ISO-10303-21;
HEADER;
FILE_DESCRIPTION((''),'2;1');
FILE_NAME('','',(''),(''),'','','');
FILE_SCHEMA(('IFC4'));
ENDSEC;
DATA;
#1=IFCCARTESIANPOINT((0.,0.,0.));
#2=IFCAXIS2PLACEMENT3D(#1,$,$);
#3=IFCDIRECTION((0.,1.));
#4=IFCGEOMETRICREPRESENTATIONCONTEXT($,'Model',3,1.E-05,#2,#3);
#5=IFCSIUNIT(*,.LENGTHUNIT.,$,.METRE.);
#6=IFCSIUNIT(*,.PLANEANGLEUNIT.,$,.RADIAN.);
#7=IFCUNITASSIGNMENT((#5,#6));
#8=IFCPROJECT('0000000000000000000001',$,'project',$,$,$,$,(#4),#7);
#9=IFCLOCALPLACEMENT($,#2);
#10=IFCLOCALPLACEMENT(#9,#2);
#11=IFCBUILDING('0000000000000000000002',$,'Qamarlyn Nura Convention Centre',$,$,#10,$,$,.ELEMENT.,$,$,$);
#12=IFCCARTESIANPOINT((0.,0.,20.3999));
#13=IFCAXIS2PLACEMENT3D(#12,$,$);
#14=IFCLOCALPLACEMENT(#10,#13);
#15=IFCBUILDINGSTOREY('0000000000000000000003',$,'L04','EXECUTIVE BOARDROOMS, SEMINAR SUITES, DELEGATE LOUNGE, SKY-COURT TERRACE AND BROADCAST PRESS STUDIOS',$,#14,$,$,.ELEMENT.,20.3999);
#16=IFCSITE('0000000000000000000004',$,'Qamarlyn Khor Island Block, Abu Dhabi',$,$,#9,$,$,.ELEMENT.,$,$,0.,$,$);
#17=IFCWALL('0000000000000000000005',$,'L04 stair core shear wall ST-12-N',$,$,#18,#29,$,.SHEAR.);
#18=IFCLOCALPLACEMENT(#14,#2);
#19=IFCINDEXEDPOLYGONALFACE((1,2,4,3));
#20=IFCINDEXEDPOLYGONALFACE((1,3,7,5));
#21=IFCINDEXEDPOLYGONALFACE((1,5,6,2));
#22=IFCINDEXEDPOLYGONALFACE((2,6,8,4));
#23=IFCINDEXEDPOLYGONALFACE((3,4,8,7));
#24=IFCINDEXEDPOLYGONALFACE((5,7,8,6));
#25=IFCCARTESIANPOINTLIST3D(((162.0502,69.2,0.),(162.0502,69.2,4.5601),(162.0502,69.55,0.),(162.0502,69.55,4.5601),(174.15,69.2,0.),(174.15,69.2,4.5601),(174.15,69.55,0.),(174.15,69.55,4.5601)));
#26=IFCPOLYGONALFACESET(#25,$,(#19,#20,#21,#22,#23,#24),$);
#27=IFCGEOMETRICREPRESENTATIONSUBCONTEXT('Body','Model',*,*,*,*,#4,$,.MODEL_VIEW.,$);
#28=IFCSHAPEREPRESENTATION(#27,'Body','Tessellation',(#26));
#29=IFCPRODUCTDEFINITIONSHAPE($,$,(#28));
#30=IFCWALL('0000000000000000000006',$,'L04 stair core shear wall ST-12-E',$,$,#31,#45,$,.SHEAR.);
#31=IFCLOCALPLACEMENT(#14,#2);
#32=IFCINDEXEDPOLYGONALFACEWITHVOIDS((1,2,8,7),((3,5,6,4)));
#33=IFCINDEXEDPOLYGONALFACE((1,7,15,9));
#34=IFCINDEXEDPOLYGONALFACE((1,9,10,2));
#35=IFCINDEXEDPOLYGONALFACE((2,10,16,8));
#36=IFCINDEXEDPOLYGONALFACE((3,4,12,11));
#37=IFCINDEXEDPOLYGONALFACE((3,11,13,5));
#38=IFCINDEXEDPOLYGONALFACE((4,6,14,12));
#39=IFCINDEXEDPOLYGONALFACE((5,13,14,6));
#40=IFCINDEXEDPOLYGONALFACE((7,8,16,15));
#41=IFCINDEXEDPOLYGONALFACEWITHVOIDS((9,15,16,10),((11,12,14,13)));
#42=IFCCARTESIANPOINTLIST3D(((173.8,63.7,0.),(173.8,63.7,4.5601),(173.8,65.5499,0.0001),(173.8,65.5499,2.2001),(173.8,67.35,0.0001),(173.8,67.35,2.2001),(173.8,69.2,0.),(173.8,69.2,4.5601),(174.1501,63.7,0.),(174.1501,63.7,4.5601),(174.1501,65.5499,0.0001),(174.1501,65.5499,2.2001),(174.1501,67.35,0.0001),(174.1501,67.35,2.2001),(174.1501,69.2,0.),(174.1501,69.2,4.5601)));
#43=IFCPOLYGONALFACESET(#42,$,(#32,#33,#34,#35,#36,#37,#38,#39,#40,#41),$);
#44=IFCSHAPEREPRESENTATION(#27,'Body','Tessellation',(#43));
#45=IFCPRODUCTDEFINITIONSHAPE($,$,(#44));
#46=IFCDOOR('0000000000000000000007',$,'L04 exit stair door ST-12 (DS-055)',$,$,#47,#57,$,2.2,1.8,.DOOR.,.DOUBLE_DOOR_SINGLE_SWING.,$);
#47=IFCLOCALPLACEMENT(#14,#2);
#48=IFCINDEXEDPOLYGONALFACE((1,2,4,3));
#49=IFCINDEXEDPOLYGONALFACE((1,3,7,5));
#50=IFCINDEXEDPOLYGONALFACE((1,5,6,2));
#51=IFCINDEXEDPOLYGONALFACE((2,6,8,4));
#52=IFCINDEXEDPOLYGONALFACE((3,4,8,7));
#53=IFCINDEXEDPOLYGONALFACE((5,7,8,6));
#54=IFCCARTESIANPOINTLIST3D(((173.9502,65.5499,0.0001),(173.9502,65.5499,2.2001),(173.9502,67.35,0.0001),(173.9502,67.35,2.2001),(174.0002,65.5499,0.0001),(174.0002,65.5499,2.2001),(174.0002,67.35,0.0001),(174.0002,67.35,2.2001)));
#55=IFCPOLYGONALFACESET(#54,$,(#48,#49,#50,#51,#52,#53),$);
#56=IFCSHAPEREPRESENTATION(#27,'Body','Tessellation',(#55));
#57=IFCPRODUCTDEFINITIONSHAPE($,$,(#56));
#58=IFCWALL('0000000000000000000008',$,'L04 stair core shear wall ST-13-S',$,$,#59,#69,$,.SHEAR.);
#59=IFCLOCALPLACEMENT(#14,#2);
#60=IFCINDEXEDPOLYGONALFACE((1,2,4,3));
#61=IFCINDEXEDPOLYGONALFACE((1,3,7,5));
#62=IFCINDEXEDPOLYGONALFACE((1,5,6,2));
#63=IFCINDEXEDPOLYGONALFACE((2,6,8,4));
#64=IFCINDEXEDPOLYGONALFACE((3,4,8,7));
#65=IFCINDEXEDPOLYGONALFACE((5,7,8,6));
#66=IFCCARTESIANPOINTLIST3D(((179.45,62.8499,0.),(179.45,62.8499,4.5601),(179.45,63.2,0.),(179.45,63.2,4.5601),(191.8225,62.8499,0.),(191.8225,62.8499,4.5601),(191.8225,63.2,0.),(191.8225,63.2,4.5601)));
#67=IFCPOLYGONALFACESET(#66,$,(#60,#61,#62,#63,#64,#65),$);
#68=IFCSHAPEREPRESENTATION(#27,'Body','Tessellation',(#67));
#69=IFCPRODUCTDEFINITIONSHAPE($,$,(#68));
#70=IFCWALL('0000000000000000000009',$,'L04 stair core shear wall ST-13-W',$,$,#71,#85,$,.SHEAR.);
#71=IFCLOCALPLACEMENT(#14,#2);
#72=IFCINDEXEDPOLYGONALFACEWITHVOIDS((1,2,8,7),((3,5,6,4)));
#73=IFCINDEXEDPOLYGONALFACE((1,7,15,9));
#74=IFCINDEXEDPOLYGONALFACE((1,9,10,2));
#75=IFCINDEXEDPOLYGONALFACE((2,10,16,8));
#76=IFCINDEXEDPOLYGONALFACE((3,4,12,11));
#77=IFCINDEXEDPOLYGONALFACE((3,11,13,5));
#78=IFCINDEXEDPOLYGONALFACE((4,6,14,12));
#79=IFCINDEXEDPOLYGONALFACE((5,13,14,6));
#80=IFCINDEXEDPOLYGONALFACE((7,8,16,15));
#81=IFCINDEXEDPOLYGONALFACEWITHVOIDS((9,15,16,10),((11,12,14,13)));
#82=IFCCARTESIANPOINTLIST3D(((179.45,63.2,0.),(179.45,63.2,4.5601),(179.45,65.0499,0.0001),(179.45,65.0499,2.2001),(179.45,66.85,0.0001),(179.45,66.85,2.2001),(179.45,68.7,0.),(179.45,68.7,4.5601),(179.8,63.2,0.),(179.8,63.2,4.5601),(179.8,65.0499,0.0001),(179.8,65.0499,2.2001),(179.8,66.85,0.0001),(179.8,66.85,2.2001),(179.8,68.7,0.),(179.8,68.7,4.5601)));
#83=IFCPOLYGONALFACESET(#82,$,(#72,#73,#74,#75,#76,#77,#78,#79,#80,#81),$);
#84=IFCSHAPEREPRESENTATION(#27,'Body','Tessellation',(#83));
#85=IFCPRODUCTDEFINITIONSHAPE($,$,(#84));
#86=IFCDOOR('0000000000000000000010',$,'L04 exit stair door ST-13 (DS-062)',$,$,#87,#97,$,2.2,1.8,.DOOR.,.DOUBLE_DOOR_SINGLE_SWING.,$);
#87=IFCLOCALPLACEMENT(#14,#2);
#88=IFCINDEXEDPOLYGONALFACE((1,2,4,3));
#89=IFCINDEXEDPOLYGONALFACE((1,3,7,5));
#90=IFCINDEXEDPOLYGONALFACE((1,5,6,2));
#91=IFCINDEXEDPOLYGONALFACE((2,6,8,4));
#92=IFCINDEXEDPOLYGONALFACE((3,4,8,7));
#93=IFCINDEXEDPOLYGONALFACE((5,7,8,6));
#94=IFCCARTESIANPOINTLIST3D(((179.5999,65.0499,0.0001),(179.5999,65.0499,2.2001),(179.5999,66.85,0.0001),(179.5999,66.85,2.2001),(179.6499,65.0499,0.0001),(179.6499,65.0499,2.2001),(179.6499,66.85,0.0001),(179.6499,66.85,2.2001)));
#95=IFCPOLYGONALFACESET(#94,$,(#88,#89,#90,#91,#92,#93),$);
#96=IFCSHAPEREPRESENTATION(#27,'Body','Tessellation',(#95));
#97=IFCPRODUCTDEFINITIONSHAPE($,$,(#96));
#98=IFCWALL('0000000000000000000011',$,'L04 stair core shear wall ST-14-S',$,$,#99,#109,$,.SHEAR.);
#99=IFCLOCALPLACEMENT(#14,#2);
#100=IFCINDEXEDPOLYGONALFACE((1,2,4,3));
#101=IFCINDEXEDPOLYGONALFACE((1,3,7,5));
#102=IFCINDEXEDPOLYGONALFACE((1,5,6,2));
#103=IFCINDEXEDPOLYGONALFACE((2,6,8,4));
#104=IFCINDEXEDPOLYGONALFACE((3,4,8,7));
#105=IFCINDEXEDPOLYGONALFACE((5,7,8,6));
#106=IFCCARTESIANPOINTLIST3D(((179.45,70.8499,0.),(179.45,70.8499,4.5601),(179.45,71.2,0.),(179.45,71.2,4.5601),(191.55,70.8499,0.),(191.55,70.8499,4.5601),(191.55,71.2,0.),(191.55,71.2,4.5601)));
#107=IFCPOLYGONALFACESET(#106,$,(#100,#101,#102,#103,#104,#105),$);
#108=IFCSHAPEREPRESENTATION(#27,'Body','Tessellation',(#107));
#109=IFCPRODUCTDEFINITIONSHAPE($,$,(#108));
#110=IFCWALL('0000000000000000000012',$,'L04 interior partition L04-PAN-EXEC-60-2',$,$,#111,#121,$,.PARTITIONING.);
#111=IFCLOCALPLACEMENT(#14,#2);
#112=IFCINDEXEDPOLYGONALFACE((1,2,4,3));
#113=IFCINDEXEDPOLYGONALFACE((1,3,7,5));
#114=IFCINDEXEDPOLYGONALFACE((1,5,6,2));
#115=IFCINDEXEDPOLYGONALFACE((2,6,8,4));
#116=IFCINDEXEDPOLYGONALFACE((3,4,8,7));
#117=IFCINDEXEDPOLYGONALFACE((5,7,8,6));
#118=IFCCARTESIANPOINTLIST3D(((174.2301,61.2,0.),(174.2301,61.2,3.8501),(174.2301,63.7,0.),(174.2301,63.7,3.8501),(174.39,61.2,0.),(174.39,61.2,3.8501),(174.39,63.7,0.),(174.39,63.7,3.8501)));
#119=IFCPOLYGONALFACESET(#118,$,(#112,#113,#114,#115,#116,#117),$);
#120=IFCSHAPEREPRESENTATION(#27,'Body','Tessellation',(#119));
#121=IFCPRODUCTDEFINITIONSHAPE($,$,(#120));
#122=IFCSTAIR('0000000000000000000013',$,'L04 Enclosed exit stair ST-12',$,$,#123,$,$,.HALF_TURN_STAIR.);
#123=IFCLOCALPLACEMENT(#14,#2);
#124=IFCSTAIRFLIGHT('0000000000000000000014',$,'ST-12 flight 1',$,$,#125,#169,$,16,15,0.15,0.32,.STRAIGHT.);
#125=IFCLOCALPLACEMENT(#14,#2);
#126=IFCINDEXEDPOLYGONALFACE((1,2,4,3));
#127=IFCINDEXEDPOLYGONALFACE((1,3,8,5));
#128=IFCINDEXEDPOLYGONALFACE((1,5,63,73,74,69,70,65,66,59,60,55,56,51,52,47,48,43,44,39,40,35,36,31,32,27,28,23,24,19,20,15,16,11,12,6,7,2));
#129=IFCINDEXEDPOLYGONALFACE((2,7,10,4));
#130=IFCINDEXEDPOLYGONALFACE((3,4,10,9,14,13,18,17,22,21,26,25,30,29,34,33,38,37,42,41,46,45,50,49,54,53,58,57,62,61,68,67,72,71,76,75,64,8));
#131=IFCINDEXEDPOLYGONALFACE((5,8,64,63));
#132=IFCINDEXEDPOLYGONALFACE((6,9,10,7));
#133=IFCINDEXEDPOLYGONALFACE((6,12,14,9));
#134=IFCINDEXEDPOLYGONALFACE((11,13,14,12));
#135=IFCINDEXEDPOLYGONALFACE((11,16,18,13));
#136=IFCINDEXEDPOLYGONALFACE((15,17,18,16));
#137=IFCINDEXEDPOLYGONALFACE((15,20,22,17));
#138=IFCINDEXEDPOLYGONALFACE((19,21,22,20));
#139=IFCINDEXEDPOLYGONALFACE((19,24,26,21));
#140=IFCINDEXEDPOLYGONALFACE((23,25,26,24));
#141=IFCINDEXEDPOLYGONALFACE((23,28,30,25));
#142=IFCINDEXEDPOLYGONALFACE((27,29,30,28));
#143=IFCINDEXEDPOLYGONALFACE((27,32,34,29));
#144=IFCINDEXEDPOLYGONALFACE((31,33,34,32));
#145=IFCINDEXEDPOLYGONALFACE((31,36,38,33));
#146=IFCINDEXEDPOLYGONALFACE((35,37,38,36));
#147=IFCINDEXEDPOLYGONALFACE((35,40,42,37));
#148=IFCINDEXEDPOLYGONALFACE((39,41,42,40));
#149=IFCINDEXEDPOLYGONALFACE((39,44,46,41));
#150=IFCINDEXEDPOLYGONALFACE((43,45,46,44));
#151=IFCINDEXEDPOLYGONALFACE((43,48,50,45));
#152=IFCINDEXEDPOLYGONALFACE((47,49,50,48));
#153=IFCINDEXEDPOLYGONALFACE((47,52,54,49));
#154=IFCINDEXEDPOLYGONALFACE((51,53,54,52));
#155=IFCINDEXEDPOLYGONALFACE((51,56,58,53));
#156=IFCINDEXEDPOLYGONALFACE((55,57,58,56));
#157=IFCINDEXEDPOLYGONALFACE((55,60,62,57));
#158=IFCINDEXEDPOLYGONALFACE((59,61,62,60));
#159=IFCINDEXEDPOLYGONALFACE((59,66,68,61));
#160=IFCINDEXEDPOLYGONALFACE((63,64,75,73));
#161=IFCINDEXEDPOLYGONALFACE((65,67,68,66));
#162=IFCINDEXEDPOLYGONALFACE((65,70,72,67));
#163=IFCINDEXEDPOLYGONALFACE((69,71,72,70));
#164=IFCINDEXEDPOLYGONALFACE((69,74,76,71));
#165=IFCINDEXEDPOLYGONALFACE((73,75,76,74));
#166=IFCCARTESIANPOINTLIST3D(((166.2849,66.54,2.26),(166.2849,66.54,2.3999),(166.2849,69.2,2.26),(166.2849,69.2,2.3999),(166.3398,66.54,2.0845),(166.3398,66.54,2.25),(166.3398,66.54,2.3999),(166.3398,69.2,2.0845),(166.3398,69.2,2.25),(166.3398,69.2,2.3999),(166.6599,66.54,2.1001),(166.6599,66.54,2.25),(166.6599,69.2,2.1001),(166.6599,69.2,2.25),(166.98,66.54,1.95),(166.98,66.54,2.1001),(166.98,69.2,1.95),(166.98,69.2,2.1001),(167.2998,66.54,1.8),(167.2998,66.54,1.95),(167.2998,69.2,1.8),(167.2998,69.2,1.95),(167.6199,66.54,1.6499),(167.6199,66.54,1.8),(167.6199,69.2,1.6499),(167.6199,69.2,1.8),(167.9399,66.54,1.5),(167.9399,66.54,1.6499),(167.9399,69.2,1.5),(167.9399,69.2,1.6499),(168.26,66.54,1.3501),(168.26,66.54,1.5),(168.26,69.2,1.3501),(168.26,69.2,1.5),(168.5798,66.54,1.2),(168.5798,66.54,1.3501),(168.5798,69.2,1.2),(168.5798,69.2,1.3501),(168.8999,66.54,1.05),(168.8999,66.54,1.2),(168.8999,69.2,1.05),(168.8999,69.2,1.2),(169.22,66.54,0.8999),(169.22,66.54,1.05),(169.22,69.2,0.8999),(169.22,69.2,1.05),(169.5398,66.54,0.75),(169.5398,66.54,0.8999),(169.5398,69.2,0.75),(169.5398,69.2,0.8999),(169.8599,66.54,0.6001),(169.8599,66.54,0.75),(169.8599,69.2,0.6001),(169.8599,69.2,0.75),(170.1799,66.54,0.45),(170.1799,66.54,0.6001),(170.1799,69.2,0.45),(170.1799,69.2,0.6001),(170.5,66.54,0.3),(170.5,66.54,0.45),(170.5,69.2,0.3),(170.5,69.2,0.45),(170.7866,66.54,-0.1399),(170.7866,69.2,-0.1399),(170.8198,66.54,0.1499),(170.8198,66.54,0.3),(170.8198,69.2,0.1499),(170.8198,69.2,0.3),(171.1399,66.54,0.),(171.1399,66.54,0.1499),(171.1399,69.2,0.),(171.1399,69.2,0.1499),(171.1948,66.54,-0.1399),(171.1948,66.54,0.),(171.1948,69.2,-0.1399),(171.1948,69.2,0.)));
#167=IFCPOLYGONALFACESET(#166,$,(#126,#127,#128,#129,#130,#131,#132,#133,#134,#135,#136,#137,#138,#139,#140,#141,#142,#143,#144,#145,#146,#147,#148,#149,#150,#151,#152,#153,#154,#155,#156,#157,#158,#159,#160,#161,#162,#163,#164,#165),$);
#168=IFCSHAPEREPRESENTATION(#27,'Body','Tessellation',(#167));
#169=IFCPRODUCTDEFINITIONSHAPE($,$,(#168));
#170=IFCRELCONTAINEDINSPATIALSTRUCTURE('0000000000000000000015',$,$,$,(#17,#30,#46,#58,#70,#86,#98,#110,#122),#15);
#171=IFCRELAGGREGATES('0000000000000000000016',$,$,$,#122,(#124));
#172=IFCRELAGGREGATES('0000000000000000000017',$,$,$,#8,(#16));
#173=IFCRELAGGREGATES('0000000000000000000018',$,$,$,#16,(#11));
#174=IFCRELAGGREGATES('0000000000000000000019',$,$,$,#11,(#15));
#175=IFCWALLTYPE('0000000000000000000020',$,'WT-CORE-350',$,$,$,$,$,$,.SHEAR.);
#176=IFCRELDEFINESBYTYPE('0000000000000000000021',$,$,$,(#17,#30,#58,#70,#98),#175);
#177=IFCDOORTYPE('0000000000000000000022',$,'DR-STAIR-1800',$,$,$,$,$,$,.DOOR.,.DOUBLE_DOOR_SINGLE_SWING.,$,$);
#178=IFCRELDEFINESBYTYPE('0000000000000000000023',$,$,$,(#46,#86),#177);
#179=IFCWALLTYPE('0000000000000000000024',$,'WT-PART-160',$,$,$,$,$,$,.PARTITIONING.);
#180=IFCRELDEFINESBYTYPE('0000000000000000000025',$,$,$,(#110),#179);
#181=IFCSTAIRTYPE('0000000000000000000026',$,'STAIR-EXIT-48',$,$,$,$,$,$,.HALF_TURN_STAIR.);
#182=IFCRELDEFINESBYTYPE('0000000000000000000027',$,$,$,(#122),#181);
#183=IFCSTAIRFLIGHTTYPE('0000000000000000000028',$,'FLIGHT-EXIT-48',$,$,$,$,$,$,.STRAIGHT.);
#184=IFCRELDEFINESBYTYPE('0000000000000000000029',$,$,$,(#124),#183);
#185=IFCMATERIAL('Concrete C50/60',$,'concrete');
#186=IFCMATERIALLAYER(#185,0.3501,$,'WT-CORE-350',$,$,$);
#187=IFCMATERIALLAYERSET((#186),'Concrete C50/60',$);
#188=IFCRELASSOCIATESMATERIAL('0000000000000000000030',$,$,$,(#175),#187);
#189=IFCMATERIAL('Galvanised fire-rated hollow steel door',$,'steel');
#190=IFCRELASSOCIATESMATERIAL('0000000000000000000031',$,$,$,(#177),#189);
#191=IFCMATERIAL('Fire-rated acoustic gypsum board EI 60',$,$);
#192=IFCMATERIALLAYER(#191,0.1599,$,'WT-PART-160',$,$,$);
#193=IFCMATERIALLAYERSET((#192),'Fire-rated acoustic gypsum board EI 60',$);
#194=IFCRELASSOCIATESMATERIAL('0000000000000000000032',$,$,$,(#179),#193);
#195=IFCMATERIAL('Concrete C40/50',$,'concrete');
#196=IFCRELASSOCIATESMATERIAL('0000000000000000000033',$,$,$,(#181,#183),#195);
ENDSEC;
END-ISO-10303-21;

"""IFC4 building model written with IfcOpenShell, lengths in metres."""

from ifc_helpers import new_model, si_unit, direction, frame, frame_2d, origin, place, context, subcontext, project, spatial, polyline, rectangle, outline, extrude, material, layer, layer_set, type_object, element, fill, aggregate, save


model = new_model("IFC4")

# Units and contexts
model_context = context("Model", 3, precision=1e-05, world=origin(), true_north=direction((0.0, 1.0)))
body_context = subcontext(model_context, "Body", "Model", "MODEL_VIEW")
ifc_project = project(units=[si_unit("LENGTHUNIT", "METRE"), si_unit("PLANEANGLEUNIT", "RADIAN")], contexts=[model_context])

# Site, building, storey
site_placement = place(None, origin())
site = spatial("IfcSite", under=ifc_project, at=site_placement, Name="Qamarlyn Khor Island Block, Abu Dhabi", CompositionType="ELEMENT", RefElevation=0.0)
building_placement = place(site_placement, origin())
building = spatial("IfcBuilding", under=site, at=building_placement, Name="Qamarlyn Nura Convention Centre", CompositionType="ELEMENT")
storey_placement = place(building_placement, frame((0.0, 0.0, 20.3999)))
storey = spatial("IfcBuildingStorey", under=building, at=storey_placement, Name="L04", Description="EXECUTIVE BOARDROOMS, SEMINAR SUITES, DELEGATE LOUNGE, SKY-COURT TERRACE AND BROADCAST PRESS STUDIOS", CompositionType="ELEMENT", Elevation=20.3999)

# Wall
ifc_material_1 = material(Name="Concrete C50/60", Category="concrete")
ifc_layer_1 = layer(ifc_material_1, 0.3501, Name="WT-CORE-350")
ifc_layer_set_1 = layer_set([ifc_layer_1], Name="Concrete C50/60")
wall_type_1 = type_object("IfcWallType", Name="WT-CORE-350", PredefinedType="SHEAR", material=ifc_layer_set_1)
wall_1_placement = place(storey_placement, frame((174.1499, 69.375, 0.0), z_axis=(0.0, 0.0, 1.0), x_axis=(-1.0, 0.0, 0.0)))
element("IfcWall", 1, at=wall_1_placement, inside=storey, type_object=wall_type_1, Name="L04 stair core shear wall ST-12-N", PredefinedType="SHEAR", context=body_context, shape_type="SweptSolid", body=[
    extrude(rectangle(XDim=12.0999, YDim=0.3501, at=frame_2d((6.0498, 0.0))), origin(), (0.0, 0.0, 1.0), 4.5601),
])

# Wall, opening, door
wall_2_placement = place(storey_placement, frame((173.9751, 63.7, 0.0), z_axis=(0.0, 0.0, 1.0), x_axis=(0.0, 1.0, 0.0)))
wall_2 = element("IfcWall", 2, at=wall_2_placement, inside=storey, type_object=wall_type_1, Name="L04 stair core shear wall ST-12-E", PredefinedType="SHEAR", context=body_context, shape_type="SweptSolid", body=[
    extrude(rectangle(XDim=5.5, YDim=0.3501, at=frame_2d((2.75, 0.0))), origin(), (0.0, 0.0, 1.0), 4.5601),
])
opening_1_placement = place(wall_2_placement, frame((1.8501, 0.0, 0.0)))
opening_1 = element("IfcOpeningElement", 3, at=opening_1_placement, cuts=wall_2, PredefinedType="OPENING", context=body_context, shape_type="SweptSolid", body=[
    extrude(rectangle(XDim=1.8, YDim=2.2, at=frame_2d((0.8999, 1.1001))), frame((0.0, 0.1851, 0.0), z_axis=(0.0, -1.0, 0.0), x_axis=(1.0, 0.0, 0.0)), (0.0, 0.0, 1.0), 0.3701),
])
ifc_material_2 = material(Name="Galvanised fire-rated hollow steel door", Category="steel")
door_type = type_object("IfcDoorType", Name="DR-STAIR-1800", OperationType="DOUBLE_DOOR_SINGLE_SWING", PredefinedType="DOOR", material=ifc_material_2)
door_1_placement = place(opening_1_placement, origin())
door_1 = element("IfcDoor", 4, at=door_1_placement, inside=storey, type_object=door_type, Name="L04 exit stair door ST-12 (DS-055)", OperationType="DOUBLE_DOOR_SINGLE_SWING", OverallHeight=2.2, OverallWidth=1.8, PredefinedType="DOOR", context=body_context, shape_type="SweptSolid", body=[
    extrude(rectangle(XDim=1.8, YDim=2.2, at=frame_2d((0.8999, 1.1001))), frame((0.0, 0.0249, 0.0), z_axis=(0.0, -1.0, 0.0), x_axis=(1.0, 0.0, 0.0)), (0.0, 0.0, 1.0), 0.05),
])
fill(opening_1, door_1)

# Wall
wall_3_placement = place(storey_placement, frame((179.45, 63.0249, 0.0), z_axis=(0.0, 0.0, 1.0), x_axis=(1.0, 0.0, 0.0)))
element("IfcWall", 5, at=wall_3_placement, inside=storey, type_object=wall_type_1, Name="L04 stair core shear wall ST-13-S", PredefinedType="SHEAR", context=body_context, shape_type="SweptSolid", body=[
    extrude(rectangle(XDim=12.3726, YDim=0.3501, at=frame_2d((6.1863, 0.0))), origin(), (0.0, 0.0, 1.0), 4.5601),
])

# Wall, opening, door
wall_4_placement = place(storey_placement, frame((179.625, 68.7, 0.0), z_axis=(0.0, 0.0, 1.0), x_axis=(0.0, -1.0, 0.0)))
wall_4 = element("IfcWall", 6, at=wall_4_placement, inside=storey, type_object=wall_type_1, Name="L04 stair core shear wall ST-13-W", PredefinedType="SHEAR", context=body_context, shape_type="SweptSolid", body=[
    extrude(rectangle(XDim=5.5, YDim=0.3501, at=frame_2d((2.75, 0.0))), origin(), (0.0, 0.0, 1.0), 4.5601),
])
opening_2_placement = place(wall_4_placement, frame((1.8501, 0.0, 0.0)))
opening_2 = element("IfcOpeningElement", 7, at=opening_2_placement, cuts=wall_4, PredefinedType="OPENING", context=body_context, shape_type="SweptSolid", body=[
    extrude(rectangle(XDim=1.8, YDim=2.2, at=frame_2d((0.8999, 1.1001))), frame((0.0, 0.1851, 0.0), z_axis=(0.0, -1.0, 0.0), x_axis=(1.0, 0.0, 0.0)), (0.0, 0.0, 1.0), 0.3701),
])
door_2_placement = place(opening_2_placement, origin())
door_2 = element("IfcDoor", 8, at=door_2_placement, inside=storey, type_object=door_type, Name="L04 exit stair door ST-13 (DS-062)", OperationType="DOUBLE_DOOR_SINGLE_SWING", OverallHeight=2.2, OverallWidth=1.8, PredefinedType="DOOR", context=body_context, shape_type="SweptSolid", body=[
    extrude(rectangle(XDim=1.8, YDim=2.2, at=frame_2d((0.8999, 1.1001))), frame((0.0, 0.0249, 0.0), z_axis=(0.0, -1.0, 0.0), x_axis=(1.0, 0.0, 0.0)), (0.0, 0.0, 1.0), 0.05),
])
fill(opening_2, door_2)

# Walls
wall_5_placement = place(storey_placement, frame((179.45, 71.0249, 0.0), z_axis=(0.0, 0.0, 1.0), x_axis=(1.0, 0.0, 0.0)))
element("IfcWall", 9, at=wall_5_placement, inside=storey, type_object=wall_type_1, Name="L04 stair core shear wall ST-14-S", PredefinedType="SHEAR", context=body_context, shape_type="SweptSolid", body=[
    extrude(rectangle(XDim=12.1001, YDim=0.3501, at=frame_2d((6.05, 0.0))), origin(), (0.0, 0.0, 1.0), 4.5601),
])
ifc_material_3 = material(Name="Fire-rated acoustic gypsum board EI 60")
ifc_layer_2 = layer(ifc_material_3, 0.1599, Name="WT-PART-160")
ifc_layer_set_2 = layer_set([ifc_layer_2], Name="Fire-rated acoustic gypsum board EI 60")
wall_type_2 = type_object("IfcWallType", Name="WT-PART-160", PredefinedType="PARTITIONING", material=ifc_layer_set_2)
wall_6_placement = place(storey_placement, frame((174.3101, 63.7, 0.0), z_axis=(0.0, 0.0, 1.0), x_axis=(0.0, -1.0, 0.0)))
element("IfcWall", 10, at=wall_6_placement, inside=storey, type_object=wall_type_2, Name="L04 interior partition L04-PAN-EXEC-60-2", PredefinedType="PARTITIONING", context=body_context, shape_type="SweptSolid", body=[
    extrude(rectangle(XDim=2.5, YDim=0.1599, at=frame_2d((1.25, 0.0))), origin(), (0.0, 0.0, 1.0), 3.8501),
])

# Stair, stair flight
ifc_material_4 = material(Name="Concrete C40/50", Category="concrete")
stair_type = type_object("IfcStairType", Name="STAIR-EXIT-48", PredefinedType="HALF_TURN_STAIR", material=ifc_material_4)
stair_1_placement = place(storey_placement, origin())
stair_1 = element("IfcStair", 11, at=stair_1_placement, inside=storey, type_object=stair_type, Name="L04 Enclosed exit stair ST-12", PredefinedType="HALF_TURN_STAIR")
stair_flight_type = type_object("IfcStairFlightType", Name="FLIGHT-EXIT-48", PredefinedType="STRAIGHT", material=ifc_material_4)
stair_flight_1_placement = place(storey_placement, frame((171.1399, 67.8701, 0.0), z_axis=(0.0, 0.0, 1.0), x_axis=(-1.0, 0.0, 0.0)))
stair_flight_1 = element("IfcStairFlight", 12, at=stair_flight_1_placement, type_object=stair_flight_type, Name="ST-12 flight 1", NumberOfRisers=16, NumberOfTreads=15, PredefinedType="STRAIGHT", RiserHeight=0.15, TreadLength=0.32, context=body_context, shape_type="SweptSolid", body=[
    extrude(outline(polyline([(-0.0549, 0.0), (0.0, 0.0), (0.0, 0.1499), (0.3201, 0.1499), (0.3201, 0.3), (0.6399, 0.3), (0.6399, 0.45), (0.96, 0.45), (0.96, 0.6001), (1.28, 0.6001), (1.28, 0.75), (1.6001, 0.75), (1.6001, 0.8999), (1.9199, 0.8999), (1.9199, 1.05), (2.24, 1.05), (2.24, 1.2), (2.5601, 1.2), (2.5601, 1.3501), (2.8799, 1.3501), (2.8799, 1.5), (3.2, 1.5), (3.2, 1.6499), (3.52, 1.6499), (3.52, 1.8), (3.8401, 1.8), (3.8401, 1.95), (4.1599, 1.95), (4.1599, 2.1001), (4.48, 2.1001), (4.48, 2.25), (4.8, 2.25), (4.8, 2.3999), (4.855, 2.3999), (4.855, 2.26), (4.8, 2.0845), (0.3533, -0.1399), (-0.0549, -0.1399), (-0.0549, 0.0)])), frame((0.0, 1.3301, 0.0), z_axis=(0.0, -1.0, 0.0), x_axis=(1.0, 0.0, 0.0)), (0.0, 0.0, 1.0), 2.6599),
])
aggregate(stair_1, [stair_flight_1])

save(model, "model.ifc")
